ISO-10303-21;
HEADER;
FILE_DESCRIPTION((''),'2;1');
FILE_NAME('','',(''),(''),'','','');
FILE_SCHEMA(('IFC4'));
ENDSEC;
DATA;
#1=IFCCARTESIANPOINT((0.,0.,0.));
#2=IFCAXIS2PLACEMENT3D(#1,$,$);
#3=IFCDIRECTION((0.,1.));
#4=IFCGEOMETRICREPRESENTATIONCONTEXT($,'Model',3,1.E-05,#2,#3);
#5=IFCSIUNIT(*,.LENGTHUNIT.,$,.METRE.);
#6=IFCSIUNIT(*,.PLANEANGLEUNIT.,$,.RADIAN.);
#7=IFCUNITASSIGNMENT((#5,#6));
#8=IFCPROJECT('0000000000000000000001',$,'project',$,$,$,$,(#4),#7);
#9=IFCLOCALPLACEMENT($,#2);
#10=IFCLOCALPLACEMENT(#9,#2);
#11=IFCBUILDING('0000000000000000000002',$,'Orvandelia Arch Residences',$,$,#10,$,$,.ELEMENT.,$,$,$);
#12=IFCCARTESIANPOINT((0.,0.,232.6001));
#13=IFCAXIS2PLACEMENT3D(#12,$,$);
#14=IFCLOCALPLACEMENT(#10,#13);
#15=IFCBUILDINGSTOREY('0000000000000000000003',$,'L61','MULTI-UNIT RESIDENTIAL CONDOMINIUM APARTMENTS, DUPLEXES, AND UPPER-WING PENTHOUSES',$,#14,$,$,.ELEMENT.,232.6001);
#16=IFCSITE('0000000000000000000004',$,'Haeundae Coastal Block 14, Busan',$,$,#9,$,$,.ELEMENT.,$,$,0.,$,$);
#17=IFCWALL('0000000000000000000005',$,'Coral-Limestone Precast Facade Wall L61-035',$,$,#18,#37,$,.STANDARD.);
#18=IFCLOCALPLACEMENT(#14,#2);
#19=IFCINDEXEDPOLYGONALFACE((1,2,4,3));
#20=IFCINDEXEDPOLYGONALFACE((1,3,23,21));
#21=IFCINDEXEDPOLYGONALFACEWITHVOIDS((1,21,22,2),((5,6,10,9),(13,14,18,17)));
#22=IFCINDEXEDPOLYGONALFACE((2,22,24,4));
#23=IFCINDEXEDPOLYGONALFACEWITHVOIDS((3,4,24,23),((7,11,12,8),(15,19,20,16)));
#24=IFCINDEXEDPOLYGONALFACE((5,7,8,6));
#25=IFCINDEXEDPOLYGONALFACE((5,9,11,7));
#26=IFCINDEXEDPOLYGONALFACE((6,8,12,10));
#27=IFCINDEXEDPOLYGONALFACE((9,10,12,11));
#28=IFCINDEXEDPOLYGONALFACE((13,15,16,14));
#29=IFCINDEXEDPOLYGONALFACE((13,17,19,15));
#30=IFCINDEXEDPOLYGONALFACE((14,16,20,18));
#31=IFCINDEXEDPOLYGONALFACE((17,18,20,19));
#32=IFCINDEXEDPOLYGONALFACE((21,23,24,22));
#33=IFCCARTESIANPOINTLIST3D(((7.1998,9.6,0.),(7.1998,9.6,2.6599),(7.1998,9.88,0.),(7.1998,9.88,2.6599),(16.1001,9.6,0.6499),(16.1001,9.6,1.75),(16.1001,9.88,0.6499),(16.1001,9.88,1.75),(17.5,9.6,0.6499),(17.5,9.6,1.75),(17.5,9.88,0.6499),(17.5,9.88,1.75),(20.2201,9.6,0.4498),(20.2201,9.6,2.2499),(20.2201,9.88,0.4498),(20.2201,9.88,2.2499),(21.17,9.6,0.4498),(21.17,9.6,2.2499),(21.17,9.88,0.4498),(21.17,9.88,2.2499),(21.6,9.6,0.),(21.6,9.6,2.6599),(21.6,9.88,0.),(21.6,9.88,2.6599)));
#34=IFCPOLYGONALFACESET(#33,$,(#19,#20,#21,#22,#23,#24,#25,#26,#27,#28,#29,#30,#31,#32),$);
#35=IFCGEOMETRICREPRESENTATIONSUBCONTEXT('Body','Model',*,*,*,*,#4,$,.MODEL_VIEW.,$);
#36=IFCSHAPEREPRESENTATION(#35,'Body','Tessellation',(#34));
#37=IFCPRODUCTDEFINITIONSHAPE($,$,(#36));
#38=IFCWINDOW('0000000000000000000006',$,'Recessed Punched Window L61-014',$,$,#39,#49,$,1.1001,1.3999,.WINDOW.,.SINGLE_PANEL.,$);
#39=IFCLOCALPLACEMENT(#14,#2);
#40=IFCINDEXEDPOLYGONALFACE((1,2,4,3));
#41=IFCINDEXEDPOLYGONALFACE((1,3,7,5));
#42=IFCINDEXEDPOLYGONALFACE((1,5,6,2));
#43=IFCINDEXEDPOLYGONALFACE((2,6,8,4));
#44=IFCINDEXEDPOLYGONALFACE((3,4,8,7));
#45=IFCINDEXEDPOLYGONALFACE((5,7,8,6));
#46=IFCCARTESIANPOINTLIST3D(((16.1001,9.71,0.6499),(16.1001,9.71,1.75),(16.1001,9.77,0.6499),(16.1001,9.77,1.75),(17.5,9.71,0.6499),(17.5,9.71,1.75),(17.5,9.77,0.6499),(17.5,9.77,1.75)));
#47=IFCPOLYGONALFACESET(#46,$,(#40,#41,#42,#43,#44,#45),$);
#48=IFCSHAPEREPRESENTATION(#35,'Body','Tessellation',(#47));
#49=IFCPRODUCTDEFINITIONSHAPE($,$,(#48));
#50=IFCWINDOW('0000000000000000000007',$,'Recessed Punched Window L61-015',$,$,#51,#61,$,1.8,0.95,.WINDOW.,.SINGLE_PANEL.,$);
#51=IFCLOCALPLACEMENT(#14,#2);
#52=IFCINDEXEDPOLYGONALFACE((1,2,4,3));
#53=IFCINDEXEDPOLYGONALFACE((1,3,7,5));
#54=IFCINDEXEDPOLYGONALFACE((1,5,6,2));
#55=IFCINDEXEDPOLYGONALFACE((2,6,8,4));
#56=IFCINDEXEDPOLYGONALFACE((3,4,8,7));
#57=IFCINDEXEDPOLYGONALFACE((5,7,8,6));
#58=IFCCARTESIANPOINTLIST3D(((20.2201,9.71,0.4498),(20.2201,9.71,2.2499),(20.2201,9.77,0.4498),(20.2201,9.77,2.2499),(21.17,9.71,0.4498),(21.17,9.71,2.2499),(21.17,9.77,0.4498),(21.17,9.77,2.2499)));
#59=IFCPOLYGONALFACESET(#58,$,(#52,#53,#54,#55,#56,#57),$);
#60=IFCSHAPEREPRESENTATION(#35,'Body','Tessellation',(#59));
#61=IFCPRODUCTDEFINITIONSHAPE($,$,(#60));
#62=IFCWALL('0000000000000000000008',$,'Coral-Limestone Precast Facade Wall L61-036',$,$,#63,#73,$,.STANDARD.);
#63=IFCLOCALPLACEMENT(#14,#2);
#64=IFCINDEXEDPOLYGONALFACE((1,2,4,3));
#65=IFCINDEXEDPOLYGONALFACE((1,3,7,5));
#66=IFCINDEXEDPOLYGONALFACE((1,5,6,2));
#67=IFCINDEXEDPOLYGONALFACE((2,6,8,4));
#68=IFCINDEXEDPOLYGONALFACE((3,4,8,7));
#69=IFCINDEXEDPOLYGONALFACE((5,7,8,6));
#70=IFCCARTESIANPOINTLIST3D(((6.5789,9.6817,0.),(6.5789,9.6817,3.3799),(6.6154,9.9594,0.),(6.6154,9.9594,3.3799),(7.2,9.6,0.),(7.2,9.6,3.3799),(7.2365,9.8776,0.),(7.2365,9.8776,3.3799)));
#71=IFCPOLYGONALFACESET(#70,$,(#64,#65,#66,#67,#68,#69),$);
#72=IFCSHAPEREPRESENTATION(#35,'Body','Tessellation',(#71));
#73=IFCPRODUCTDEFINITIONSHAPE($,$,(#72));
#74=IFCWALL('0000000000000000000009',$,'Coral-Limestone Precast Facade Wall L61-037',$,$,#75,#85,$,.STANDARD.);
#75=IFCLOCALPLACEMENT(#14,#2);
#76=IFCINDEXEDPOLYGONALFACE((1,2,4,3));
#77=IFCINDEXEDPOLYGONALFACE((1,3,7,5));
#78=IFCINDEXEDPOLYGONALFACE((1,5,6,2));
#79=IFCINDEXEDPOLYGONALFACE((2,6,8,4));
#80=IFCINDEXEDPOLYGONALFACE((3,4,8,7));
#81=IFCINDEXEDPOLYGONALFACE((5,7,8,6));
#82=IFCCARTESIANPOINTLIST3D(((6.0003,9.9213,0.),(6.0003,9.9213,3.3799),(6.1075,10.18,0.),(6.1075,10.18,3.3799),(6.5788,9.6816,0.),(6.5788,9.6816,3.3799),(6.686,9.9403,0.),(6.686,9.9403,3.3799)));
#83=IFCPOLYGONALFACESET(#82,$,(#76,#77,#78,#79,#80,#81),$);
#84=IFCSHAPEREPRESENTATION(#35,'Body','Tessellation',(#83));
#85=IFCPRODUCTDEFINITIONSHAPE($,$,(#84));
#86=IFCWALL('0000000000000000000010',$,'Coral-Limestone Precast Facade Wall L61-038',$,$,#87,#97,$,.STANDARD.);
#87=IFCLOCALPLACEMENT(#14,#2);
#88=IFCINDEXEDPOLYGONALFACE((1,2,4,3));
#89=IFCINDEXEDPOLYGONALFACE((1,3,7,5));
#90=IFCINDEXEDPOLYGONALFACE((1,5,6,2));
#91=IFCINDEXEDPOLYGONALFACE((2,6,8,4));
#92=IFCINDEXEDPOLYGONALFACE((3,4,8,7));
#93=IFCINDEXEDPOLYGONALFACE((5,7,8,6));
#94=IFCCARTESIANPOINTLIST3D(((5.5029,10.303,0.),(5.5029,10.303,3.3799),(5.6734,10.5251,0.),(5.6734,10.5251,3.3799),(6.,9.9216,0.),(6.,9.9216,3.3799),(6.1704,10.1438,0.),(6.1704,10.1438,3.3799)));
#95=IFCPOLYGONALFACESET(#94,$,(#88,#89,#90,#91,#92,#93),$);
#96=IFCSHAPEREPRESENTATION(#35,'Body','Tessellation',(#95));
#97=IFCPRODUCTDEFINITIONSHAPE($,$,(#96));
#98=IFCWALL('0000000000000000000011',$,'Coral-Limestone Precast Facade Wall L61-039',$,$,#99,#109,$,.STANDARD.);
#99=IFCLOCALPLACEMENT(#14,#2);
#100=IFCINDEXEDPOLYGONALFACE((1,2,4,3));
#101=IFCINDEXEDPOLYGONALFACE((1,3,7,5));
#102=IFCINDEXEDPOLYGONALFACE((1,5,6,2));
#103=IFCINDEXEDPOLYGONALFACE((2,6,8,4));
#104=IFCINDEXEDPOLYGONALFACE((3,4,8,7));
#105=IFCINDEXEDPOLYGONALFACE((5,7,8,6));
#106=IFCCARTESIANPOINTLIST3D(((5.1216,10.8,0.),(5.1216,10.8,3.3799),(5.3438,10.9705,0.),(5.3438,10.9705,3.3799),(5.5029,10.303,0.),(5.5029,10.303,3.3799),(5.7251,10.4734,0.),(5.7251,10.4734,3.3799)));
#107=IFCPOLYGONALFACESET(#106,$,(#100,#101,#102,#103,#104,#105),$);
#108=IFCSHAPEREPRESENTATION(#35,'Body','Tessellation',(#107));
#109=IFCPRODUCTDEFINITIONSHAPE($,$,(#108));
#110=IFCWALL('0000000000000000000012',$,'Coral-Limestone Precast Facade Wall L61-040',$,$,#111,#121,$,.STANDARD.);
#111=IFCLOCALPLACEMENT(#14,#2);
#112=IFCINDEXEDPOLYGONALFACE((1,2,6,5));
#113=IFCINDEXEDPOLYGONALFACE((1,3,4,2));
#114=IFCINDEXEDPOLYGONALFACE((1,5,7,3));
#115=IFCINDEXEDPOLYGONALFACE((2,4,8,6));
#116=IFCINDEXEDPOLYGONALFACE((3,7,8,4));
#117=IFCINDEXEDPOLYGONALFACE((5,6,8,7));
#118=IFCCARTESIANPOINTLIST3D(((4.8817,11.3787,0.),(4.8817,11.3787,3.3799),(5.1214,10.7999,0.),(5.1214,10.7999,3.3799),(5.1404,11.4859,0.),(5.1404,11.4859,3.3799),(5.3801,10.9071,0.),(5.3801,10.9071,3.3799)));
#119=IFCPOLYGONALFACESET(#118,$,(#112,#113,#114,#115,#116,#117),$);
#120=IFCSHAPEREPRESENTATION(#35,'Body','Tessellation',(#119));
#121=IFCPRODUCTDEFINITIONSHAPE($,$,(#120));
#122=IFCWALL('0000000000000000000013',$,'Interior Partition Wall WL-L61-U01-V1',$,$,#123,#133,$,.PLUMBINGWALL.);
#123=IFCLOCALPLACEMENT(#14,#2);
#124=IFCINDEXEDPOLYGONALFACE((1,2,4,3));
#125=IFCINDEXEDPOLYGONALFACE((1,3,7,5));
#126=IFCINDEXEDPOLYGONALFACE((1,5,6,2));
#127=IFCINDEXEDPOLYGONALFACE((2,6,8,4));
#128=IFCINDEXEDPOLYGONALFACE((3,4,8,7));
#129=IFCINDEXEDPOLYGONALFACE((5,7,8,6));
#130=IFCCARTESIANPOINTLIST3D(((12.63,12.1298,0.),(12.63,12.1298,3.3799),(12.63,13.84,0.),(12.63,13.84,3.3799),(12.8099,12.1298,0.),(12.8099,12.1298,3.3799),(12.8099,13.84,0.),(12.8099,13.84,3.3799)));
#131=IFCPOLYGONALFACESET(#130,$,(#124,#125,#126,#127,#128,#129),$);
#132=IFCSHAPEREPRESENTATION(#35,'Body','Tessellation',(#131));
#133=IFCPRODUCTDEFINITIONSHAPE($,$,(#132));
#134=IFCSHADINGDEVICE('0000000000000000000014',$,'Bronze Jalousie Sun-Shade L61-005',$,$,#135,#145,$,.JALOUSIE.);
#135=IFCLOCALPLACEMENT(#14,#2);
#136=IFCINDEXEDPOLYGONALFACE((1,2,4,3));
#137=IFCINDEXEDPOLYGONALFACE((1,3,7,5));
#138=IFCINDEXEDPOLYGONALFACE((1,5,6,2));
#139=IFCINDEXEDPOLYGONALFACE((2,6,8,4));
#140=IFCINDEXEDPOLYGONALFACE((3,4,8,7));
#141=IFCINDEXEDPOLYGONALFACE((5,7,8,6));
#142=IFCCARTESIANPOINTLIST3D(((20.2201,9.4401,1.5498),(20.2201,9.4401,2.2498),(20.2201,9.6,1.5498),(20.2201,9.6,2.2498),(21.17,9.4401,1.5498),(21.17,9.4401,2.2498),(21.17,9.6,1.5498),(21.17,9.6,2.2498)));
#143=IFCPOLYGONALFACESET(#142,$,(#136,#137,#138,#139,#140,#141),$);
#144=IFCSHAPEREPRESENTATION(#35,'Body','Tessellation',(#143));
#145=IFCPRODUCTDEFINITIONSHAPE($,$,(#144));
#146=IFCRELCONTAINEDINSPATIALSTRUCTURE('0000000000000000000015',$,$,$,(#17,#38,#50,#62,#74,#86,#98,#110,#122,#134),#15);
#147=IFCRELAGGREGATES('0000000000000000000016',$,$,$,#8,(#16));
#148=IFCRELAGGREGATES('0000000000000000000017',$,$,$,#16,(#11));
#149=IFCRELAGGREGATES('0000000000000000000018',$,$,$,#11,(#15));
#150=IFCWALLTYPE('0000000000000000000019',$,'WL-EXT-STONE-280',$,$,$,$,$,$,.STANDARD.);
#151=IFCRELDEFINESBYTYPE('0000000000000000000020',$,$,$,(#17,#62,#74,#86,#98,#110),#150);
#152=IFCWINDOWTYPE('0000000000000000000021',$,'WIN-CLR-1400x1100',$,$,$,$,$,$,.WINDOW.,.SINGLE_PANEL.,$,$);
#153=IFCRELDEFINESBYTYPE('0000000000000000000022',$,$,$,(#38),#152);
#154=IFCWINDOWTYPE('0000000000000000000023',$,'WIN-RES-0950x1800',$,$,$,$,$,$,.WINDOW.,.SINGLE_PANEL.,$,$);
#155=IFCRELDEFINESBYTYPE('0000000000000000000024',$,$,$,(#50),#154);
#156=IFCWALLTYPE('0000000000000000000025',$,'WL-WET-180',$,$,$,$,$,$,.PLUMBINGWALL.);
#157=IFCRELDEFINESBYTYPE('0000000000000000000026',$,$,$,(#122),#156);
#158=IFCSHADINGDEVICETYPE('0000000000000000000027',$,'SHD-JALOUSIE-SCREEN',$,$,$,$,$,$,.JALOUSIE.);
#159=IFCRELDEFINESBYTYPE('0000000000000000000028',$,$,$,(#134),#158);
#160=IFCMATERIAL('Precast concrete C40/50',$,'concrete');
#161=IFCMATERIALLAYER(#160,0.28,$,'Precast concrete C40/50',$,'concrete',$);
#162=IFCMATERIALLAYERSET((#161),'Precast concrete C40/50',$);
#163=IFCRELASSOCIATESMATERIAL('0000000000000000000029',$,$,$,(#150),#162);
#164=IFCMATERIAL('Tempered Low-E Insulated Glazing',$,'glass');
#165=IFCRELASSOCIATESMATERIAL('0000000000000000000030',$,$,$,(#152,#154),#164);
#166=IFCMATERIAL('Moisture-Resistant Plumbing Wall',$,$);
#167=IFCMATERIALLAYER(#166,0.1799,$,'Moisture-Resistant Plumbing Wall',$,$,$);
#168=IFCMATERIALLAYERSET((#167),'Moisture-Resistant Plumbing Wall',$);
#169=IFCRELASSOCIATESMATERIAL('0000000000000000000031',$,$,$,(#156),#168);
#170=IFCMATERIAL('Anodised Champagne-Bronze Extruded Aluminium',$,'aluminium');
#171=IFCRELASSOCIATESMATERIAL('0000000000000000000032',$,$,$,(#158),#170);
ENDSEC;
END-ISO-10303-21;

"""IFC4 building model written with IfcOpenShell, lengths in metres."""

from ifc_helpers import new_model, si_unit, direction, frame, frame_2d, origin, origin_2d, place, context, subcontext, project, spatial, rectangle, extrude, material, layer, layer_set, type_object, element, fill, save


model = new_model("IFC4")

# Units and contexts
model_context = context("Model", 3, precision=1e-05, world=origin(), true_north=direction((0.0, 1.0)))
body_context = subcontext(model_context, "Body", "Model", "MODEL_VIEW")
ifc_project = project(units=[si_unit("LENGTHUNIT", "METRE"), si_unit("PLANEANGLEUNIT", "RADIAN")], contexts=[model_context])

# Site, building, storey
site_placement = place(None, origin())
site = spatial("IfcSite", under=ifc_project, at=site_placement, Name="Haeundae Coastal Block 14, Busan", CompositionType="ELEMENT", RefElevation=0.0)
building_placement = place(site_placement, origin())
building = spatial("IfcBuilding", under=site, at=building_placement, Name="Orvandelia Arch Residences", CompositionType="ELEMENT")
storey_placement = place(building_placement, frame((0.0, 0.0, 232.6001)))
storey = spatial("IfcBuildingStorey", under=building, at=storey_placement, Name="L61", Description="MULTI-UNIT RESIDENTIAL CONDOMINIUM APARTMENTS, DUPLEXES, AND UPPER-WING PENTHOUSES", CompositionType="ELEMENT", Elevation=232.6001)

# Wall, openings, windows
ifc_material_1 = material(Name="Precast concrete C40/50", Category="concrete")
ifc_layer_1 = layer(ifc_material_1, 0.28, Name="Precast concrete C40/50", Category="concrete")
ifc_layer_set_1 = layer_set([ifc_layer_1], Name="Precast concrete C40/50")
wall_type_1 = type_object("IfcWallType", Name="WL-EXT-STONE-280", PredefinedType="STANDARD", material=ifc_layer_set_1)
wall_1_placement = place(storey_placement, frame((21.6001, 9.74, 0.0), z_axis=(0.0, 0.0, 1.0), x_axis=(-1.0, 0.0, 0.0)))
wall_1 = element("IfcWall", 1, at=wall_1_placement, inside=storey, type_object=wall_type_1, Name="Coral-Limestone Precast Facade Wall L61-035", PredefinedType="STANDARD", context=body_context, shape_type="SweptSolid", body=[
    extrude(rectangle(XDim=14.4001, YDim=0.28, at=frame_2d((7.2002, 0.0))), origin(), (0.0, 0.0, 1.0), 2.6599),
])
opening_1_placement = place(wall_1_placement, frame((4.1001, 0.0, 0.6499)))
opening_1 = element("IfcOpeningElement", 2, at=opening_1_placement, cuts=wall_1, PredefinedType="OPENING", context=body_context, shape_type="SweptSolid", body=[
    extrude(rectangle(XDim=1.3999, YDim=1.1001, at=frame_2d((0.7, 0.55))), frame((0.0, 0.1499, 0.0), z_axis=(0.0, -1.0, 0.0), x_axis=(1.0, 0.0, 0.0)), (0.0, 0.0, 1.0), 0.3),
])
opening_2_placement = place(wall_1_placement, frame((0.4299, 0.0, 0.45)))
opening_2 = element("IfcOpeningElement", 3, at=opening_2_placement, cuts=wall_1, PredefinedType="OPENING", context=body_context, shape_type="SweptSolid", body=[
    extrude(rectangle(XDim=0.95, YDim=1.8, at=frame_2d((0.4751, 0.8999))), frame((0.0, 0.1499, 0.0), z_axis=(0.0, -1.0, 0.0), x_axis=(1.0, 0.0, 0.0)), (0.0, 0.0, 1.0), 0.3),
])
ifc_material_2 = material(Name="Tempered Low-E Insulated Glazing", Category="glass")
window_type_1 = type_object("IfcWindowType", Name="WIN-CLR-1400x1100", PartitioningType="SINGLE_PANEL", PredefinedType="WINDOW", material=ifc_material_2)
window_1_placement = place(opening_1_placement, origin())
window_1 = element("IfcWindow", 4, at=window_1_placement, inside=storey, type_object=window_type_1, Name="Recessed Punched Window L61-014", OverallHeight=1.1001, OverallWidth=1.3999, PartitioningType="SINGLE_PANEL", PredefinedType="WINDOW", context=body_context, shape_type="SweptSolid", body=[
    extrude(rectangle(XDim=1.3999, YDim=1.1001, at=frame_2d((0.7, 0.55))), frame((0.0, 0.03, 0.0), z_axis=(0.0, -1.0, 0.0), x_axis=(1.0, 0.0, 0.0)), (0.0, 0.0, 1.0), 0.0601),
])
fill(opening_1, window_1)
window_type_2 = type_object("IfcWindowType", Name="WIN-RES-0950x1800", PartitioningType="SINGLE_PANEL", PredefinedType="WINDOW", material=ifc_material_2)
window_2_placement = place(opening_2_placement, origin())
window_2 = element("IfcWindow", 5, at=window_2_placement, inside=storey, type_object=window_type_2, Name="Recessed Punched Window L61-015", OverallHeight=1.8, OverallWidth=0.95, PartitioningType="SINGLE_PANEL", PredefinedType="WINDOW", context=body_context, shape_type="SweptSolid", body=[
    extrude(rectangle(XDim=0.95, YDim=1.8, at=frame_2d((0.4751, 0.8999))), frame((0.0, 0.03, 0.0), z_axis=(0.0, -1.0, 0.0), x_axis=(1.0, 0.0, 0.0)), (0.0, 0.0, 1.0), 0.0601),
])
fill(opening_2, window_2)

# Walls
wall_2_placement = place(storey_placement, frame((7.2183, 9.7388, 0.0), z_axis=(0.0, 0.0, 1.0), x_axis=(-0.991441, 0.130555, 0.0)))
element("IfcWall", 6, at=wall_2_placement, inside=storey, type_object=wall_type_1, Name="Coral-Limestone Precast Facade Wall L61-036", PredefinedType="STANDARD", context=body_context, shape_type="SweptSolid", body=[
    extrude(rectangle(XDim=0.6265, YDim=0.28, at=frame_2d((0.3132, 0.0))), origin(), (0.0, 0.0, 1.0), 3.3799),
])
wall_3_placement = place(storey_placement, frame((6.6323, 9.811, 0.0), z_axis=(0.0, 0.0, 1.0), x_axis=(-0.923836, 0.382788, 0.0)))
element("IfcWall", 7, at=wall_3_placement, inside=storey, type_object=wall_type_1, Name="Coral-Limestone Precast Facade Wall L61-037", PredefinedType="STANDARD", context=body_context, shape_type="SweptSolid", body=[
    extrude(rectangle(XDim=0.6262, YDim=0.28, at=frame_2d((0.313, 0.0))), origin(), (0.0, 0.0, 1.0), 3.3799),
])
for number, where, z_axis, x_axis, name in (
    (8, (6.0852, 10.0327, 0.0), (0.0, 0.0, 1.0), (-0.793406, 0.608693, 0.0), "Coral-Limestone Precast Facade Wall L61-038"),
    (9, (5.614, 10.3882, 0.0), (0.0, 0.0, 1.0), (-0.608693, 0.793406, 0.0), "Coral-Limestone Precast Facade Wall L61-039"),
    (10, (5.2507, 10.8535, 0.0), (0.0, 0.0, 1.0), (-0.38265, 0.923893, 0.0), "Coral-Limestone Precast Facade Wall L61-040"),
):
    element("IfcWall", number, at=place(storey_placement, frame(where, z_axis=z_axis, x_axis=x_axis)), inside=storey, type_object=wall_type_1, Name=name, PredefinedType="STANDARD", context=body_context, shape_type="SweptSolid", body=[
        extrude(rectangle(XDim=0.6265, YDim=0.28, at=frame_2d((0.3132, 0.0))), origin(), (0.0, 0.0, 1.0), 3.3799),
    ])
ifc_material_3 = material(Name="Moisture-Resistant Plumbing Wall")
ifc_layer_2 = layer(ifc_material_3, 0.1799, Name="Moisture-Resistant Plumbing Wall")
ifc_layer_set_2 = layer_set([ifc_layer_2], Name="Moisture-Resistant Plumbing Wall")
wall_type_2 = type_object("IfcWallType", Name="WL-WET-180", PredefinedType="PLUMBINGWALL", material=ifc_layer_set_2)
wall_4_placement = place(storey_placement, frame((12.72, 12.1299, 0.0), z_axis=(0.0, 0.0, 1.0), x_axis=(0.0, 1.0, 0.0)))
element("IfcWall", 11, at=wall_4_placement, inside=storey, type_object=wall_type_2, Name="Interior Partition Wall WL-L61-U01-V1", PredefinedType="PLUMBINGWALL", context=body_context, shape_type="SweptSolid", body=[
    extrude(rectangle(XDim=1.7102, YDim=0.1799, at=frame_2d((0.855, 0.0))), origin(), (0.0, 0.0, 1.0), 3.3799),
])

# Shading device
ifc_material_4 = material(Name="Anodised Champagne-Bronze Extruded Aluminium", Category="aluminium")
shading_device_type = type_object("IfcShadingDeviceType", Name="SHD-JALOUSIE-SCREEN", PredefinedType="JALOUSIE", material=ifc_material_4)
shading_device_placement = place(storey_placement, frame((20.6951, 9.52, 1.5498), z_axis=(0.0, 0.0, 1.0), x_axis=(-1.0, 0.0, 0.0)))
element("IfcShadingDevice", 12, at=shading_device_placement, inside=storey, type_object=shading_device_type, Name="Bronze Jalousie Sun-Shade L61-005", PredefinedType="JALOUSIE", context=body_context, shape_type="SweptSolid", body=[
    extrude(rectangle(XDim=0.95, YDim=0.1599, at=origin_2d()), origin(), (0.0, 0.0, 1.0), 0.7),
])

save(model, "model.ifc")
